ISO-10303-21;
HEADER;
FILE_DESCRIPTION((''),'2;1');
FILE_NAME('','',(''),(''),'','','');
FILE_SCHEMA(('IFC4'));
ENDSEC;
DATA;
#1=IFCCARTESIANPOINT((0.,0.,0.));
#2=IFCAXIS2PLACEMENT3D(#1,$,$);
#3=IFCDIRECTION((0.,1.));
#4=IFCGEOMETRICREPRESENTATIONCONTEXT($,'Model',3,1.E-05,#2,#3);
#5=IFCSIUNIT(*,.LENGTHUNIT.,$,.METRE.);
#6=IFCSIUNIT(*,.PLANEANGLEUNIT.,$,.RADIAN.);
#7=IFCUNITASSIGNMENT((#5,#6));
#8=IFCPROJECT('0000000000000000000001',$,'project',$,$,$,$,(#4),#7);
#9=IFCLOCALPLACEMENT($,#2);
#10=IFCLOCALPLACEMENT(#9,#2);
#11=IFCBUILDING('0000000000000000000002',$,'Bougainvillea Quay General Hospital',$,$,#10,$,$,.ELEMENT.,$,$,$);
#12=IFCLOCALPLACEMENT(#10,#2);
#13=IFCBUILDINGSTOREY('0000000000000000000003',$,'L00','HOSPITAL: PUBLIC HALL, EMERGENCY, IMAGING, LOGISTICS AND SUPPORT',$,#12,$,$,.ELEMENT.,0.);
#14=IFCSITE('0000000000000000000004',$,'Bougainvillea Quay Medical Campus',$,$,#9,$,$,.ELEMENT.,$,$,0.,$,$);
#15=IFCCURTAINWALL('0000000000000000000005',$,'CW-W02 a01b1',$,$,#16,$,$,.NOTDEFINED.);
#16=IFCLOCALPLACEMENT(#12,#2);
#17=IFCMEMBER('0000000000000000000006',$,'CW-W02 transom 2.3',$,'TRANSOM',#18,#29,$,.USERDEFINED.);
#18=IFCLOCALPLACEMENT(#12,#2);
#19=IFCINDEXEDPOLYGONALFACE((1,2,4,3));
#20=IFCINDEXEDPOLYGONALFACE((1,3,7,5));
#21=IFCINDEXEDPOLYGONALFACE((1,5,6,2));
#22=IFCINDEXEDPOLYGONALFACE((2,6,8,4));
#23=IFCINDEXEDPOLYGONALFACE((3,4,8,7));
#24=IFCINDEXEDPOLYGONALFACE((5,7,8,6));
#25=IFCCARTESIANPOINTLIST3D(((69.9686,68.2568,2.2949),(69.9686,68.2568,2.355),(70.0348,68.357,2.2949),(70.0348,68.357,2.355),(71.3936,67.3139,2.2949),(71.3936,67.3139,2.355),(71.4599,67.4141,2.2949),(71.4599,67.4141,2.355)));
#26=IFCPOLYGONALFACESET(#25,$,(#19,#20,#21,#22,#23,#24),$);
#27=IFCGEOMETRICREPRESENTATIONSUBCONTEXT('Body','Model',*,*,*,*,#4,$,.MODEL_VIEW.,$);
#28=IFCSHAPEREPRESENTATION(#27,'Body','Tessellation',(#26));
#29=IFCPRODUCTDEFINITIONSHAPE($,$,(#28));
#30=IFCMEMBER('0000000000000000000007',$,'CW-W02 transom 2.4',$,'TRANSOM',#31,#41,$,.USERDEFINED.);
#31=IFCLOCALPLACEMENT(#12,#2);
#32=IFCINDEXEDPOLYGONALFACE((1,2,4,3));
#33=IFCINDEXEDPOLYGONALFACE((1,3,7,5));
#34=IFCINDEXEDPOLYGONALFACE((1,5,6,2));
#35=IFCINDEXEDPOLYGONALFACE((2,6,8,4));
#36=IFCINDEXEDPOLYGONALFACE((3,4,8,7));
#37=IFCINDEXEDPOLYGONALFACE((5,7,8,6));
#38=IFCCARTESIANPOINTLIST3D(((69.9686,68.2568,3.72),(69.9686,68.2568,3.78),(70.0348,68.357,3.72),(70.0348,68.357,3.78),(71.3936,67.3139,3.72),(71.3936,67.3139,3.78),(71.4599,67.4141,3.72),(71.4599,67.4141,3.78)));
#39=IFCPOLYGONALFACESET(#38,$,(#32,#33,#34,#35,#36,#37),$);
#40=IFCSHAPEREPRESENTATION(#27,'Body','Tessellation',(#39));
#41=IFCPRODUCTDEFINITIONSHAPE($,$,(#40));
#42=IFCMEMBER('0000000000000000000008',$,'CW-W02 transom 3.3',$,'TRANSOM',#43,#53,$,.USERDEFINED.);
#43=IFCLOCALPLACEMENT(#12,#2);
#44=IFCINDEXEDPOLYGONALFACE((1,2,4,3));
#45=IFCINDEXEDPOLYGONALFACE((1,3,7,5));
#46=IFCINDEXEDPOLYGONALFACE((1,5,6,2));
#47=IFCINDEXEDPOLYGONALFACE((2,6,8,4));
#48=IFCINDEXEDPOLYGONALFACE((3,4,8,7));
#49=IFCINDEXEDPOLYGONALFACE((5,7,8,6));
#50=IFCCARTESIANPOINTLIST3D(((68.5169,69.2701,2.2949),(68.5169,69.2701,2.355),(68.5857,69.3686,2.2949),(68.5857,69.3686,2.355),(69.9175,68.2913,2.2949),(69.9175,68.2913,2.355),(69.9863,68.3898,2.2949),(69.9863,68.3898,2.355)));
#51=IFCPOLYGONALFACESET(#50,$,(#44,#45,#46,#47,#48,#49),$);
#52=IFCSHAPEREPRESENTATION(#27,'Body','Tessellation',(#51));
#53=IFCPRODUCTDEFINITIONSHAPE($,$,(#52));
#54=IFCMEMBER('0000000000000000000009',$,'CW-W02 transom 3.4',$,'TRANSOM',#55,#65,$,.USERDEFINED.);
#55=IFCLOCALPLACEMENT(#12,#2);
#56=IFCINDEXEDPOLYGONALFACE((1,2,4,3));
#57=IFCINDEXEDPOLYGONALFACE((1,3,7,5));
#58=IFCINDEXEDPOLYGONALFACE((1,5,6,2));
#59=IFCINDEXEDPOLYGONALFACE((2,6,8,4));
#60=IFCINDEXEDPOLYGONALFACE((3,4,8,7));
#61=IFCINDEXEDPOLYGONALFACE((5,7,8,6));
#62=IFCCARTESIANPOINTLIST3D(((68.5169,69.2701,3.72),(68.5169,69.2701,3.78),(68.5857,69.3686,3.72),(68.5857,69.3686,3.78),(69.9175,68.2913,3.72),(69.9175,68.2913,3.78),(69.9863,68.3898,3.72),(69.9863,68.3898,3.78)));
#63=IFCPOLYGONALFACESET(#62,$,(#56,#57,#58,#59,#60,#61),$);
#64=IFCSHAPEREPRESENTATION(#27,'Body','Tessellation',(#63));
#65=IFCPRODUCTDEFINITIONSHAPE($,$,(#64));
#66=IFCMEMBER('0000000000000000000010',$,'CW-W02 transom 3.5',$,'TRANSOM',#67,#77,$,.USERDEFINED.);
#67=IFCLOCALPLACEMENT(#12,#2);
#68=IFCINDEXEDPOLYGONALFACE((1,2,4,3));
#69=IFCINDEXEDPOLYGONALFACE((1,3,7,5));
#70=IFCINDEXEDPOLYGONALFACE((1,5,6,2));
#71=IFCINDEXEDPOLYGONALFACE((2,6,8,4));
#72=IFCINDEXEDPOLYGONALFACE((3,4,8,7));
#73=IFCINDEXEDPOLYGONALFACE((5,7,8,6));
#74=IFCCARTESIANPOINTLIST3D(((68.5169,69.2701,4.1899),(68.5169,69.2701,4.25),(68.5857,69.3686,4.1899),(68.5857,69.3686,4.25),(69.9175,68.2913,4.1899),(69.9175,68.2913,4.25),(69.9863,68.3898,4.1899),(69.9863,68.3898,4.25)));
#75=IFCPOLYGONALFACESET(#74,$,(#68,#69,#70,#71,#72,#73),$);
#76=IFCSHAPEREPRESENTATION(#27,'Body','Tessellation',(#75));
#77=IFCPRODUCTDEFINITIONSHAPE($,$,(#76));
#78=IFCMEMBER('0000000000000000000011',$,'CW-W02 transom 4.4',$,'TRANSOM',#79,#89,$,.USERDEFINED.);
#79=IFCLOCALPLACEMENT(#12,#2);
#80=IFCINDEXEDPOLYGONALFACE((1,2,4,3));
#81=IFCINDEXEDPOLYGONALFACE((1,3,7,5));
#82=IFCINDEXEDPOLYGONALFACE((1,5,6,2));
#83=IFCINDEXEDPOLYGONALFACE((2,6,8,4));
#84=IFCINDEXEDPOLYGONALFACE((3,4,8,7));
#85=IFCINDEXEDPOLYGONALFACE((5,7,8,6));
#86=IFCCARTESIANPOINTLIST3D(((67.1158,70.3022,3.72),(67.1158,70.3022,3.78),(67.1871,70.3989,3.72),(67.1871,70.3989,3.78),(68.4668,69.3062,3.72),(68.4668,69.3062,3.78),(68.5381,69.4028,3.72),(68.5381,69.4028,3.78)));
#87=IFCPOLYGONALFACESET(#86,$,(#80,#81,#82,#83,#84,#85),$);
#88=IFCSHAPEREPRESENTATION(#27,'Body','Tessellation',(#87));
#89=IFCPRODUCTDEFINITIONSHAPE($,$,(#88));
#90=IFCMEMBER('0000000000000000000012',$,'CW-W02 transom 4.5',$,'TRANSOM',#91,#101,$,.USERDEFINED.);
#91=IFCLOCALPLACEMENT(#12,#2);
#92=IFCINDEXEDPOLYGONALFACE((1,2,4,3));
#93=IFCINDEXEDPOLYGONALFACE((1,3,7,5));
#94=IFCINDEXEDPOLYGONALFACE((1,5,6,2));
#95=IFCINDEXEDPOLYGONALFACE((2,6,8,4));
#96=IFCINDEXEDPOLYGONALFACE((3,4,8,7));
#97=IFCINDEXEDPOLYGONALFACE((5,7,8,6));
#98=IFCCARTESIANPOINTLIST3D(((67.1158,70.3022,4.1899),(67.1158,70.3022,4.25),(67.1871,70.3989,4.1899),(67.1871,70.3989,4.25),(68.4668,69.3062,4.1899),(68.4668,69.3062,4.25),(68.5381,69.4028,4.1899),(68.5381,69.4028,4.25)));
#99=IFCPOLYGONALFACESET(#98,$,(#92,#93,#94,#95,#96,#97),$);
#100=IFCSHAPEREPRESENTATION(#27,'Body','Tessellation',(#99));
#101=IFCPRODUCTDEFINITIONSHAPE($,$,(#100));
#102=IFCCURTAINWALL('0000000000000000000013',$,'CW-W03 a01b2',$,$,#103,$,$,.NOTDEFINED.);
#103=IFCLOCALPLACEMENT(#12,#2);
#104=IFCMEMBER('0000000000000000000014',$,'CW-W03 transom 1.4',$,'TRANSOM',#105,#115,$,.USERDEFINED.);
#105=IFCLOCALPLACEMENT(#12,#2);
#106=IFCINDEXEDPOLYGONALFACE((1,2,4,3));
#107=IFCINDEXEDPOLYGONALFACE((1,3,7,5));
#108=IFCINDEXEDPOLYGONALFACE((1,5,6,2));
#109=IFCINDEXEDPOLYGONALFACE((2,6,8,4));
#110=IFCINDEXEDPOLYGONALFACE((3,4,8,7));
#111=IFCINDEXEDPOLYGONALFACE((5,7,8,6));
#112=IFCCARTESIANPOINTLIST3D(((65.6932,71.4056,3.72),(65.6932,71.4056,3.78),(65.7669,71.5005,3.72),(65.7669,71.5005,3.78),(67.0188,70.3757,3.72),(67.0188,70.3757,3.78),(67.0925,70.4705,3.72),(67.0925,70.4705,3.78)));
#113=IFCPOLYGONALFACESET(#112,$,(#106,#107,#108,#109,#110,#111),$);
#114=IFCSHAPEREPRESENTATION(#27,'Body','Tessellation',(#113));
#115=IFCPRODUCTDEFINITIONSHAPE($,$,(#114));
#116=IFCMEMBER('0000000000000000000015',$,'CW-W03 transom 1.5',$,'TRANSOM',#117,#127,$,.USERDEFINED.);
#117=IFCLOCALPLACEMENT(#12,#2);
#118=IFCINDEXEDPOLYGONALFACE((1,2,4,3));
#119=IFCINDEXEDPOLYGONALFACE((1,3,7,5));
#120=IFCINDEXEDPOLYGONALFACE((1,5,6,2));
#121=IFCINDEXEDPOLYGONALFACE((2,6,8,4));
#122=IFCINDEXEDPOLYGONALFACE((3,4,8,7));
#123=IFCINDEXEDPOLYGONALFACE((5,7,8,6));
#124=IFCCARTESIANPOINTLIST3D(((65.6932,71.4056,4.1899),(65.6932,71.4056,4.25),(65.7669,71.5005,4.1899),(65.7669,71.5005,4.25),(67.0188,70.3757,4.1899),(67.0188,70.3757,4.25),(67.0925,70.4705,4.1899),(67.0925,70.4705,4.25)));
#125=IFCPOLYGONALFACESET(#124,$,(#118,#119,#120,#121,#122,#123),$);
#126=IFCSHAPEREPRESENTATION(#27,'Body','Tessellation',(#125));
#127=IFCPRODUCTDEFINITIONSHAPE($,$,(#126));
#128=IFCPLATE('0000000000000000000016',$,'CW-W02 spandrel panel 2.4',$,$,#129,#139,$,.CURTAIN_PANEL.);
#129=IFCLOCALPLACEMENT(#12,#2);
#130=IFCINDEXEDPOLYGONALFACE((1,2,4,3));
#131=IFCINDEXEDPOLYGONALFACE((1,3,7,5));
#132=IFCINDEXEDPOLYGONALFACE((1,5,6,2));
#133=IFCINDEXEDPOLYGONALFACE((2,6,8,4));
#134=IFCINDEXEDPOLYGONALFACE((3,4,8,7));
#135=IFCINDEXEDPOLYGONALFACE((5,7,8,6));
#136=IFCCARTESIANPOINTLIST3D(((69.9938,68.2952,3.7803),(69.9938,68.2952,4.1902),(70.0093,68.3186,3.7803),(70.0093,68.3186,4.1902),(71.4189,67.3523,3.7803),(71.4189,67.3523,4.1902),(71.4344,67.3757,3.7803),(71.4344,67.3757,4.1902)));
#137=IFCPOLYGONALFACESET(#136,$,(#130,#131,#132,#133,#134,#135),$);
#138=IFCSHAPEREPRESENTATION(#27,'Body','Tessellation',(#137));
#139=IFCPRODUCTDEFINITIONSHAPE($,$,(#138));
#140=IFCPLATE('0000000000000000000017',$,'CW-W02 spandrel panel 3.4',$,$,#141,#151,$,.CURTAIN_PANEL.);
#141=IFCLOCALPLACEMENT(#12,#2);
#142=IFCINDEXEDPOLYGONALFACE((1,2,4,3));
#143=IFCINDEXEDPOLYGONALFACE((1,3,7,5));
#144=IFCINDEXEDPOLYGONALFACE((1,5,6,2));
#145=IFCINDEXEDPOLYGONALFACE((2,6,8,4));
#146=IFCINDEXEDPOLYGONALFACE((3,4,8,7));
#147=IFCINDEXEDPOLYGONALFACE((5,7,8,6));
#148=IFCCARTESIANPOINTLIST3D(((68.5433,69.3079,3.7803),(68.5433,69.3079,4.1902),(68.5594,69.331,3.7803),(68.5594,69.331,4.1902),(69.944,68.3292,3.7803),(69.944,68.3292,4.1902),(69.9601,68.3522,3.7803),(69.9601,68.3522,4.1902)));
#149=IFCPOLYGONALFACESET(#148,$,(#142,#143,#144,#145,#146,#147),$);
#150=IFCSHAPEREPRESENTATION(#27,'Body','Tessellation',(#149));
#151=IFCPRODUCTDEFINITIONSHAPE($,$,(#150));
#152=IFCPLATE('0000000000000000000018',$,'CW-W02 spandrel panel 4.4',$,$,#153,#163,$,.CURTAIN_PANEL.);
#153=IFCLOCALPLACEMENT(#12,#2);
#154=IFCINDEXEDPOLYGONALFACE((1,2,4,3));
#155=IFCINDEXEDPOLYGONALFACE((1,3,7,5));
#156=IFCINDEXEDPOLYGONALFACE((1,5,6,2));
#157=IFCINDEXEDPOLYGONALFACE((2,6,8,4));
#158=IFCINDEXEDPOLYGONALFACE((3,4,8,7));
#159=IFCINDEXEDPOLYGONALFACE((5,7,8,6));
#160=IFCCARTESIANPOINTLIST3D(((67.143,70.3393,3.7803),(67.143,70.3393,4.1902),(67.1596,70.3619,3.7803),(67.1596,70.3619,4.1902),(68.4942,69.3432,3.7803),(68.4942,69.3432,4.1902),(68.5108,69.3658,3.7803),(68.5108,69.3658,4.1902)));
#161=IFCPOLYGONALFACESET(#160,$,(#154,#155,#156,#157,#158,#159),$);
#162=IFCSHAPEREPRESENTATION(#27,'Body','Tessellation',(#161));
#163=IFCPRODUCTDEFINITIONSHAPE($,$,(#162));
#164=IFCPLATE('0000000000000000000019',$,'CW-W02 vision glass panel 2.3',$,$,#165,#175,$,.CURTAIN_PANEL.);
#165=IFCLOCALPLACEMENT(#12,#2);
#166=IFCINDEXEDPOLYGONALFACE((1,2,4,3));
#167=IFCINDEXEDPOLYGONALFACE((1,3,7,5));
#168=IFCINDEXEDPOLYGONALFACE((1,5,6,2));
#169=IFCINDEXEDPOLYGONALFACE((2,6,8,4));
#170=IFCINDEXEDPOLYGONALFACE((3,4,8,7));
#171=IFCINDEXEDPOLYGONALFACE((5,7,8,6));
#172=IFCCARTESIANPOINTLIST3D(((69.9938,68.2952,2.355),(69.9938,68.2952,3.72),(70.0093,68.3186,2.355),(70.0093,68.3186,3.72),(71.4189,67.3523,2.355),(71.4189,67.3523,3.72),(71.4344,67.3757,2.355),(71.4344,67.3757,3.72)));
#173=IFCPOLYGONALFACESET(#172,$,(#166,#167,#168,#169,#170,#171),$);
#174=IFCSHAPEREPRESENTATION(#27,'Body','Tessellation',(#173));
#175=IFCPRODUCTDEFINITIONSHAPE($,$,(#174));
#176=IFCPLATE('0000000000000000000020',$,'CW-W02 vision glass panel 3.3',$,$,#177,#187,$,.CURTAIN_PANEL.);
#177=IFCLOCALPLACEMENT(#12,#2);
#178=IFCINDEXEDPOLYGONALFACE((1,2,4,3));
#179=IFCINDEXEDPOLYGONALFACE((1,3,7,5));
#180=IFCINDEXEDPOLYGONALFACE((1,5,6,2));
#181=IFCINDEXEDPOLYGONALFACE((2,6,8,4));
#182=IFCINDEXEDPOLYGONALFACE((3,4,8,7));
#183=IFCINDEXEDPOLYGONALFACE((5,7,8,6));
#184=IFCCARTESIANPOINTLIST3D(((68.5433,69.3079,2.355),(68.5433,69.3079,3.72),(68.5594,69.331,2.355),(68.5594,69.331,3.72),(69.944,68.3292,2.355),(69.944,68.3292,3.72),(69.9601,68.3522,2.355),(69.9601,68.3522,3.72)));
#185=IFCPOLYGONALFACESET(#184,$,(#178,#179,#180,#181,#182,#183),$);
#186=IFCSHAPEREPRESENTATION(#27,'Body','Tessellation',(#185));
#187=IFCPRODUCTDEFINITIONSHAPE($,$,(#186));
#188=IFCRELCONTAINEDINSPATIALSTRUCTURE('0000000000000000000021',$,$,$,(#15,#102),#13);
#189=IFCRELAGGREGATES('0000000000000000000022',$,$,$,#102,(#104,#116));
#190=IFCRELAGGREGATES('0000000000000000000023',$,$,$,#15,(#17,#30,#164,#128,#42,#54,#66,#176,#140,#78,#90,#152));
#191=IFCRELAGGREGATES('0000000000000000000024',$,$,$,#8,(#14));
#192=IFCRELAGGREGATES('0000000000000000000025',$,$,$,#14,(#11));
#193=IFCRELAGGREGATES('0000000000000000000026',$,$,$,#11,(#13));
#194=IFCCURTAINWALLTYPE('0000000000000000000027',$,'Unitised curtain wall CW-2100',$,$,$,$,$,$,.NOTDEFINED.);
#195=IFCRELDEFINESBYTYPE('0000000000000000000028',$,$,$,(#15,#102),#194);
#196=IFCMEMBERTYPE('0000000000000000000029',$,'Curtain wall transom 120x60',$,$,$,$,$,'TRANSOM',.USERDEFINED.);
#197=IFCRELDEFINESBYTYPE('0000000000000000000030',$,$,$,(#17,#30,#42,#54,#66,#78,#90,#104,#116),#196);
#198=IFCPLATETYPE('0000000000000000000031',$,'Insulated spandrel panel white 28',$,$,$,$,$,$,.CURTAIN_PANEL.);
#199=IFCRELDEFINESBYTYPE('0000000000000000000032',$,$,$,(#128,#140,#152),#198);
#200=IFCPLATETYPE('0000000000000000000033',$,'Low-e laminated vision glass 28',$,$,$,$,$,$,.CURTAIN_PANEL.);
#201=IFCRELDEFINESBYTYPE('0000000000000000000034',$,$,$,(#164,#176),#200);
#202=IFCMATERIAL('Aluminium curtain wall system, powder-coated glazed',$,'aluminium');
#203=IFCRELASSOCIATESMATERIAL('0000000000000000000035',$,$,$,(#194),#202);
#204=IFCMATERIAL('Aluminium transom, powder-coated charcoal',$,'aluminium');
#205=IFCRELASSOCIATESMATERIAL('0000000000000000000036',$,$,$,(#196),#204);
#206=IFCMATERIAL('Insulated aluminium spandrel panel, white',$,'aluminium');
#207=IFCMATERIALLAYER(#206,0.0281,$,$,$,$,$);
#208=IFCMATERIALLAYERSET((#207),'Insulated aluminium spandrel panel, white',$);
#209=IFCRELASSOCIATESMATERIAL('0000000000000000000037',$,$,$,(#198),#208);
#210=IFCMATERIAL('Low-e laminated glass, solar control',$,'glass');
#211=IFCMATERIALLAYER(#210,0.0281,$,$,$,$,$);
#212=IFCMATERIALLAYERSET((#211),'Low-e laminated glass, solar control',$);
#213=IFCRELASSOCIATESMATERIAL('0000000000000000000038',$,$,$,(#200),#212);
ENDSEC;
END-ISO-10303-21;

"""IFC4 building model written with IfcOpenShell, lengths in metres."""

from ifc_helpers import new_model, si_unit, direction, frame, origin, origin_2d, place, context, subcontext, project, spatial, rectangle, extrude, material, layer, layer_set, material_profile, profile_set, type_object, element, aggregate, save


model = new_model("IFC4")

# Units and contexts
model_context = context("Model", 3, precision=1e-05, world=origin(), true_north=direction((0.0, 1.0)))
body_context = subcontext(model_context, "Body", "Model", "MODEL_VIEW")
ifc_project = project(units=[si_unit("LENGTHUNIT", "METRE"), si_unit("PLANEANGLEUNIT", "RADIAN")], contexts=[model_context])

# Site, building, storey
site_placement = place(None, origin())
site = spatial("IfcSite", under=ifc_project, at=site_placement, Name="Bougainvillea Quay Medical Campus", CompositionType="ELEMENT", RefElevation=0.0)
building_placement = place(site_placement, origin())
building = spatial("IfcBuilding", under=site, at=building_placement, Name="Bougainvillea Quay General Hospital", CompositionType="ELEMENT")
storey_placement = place(building_placement, origin())
storey = spatial("IfcBuildingStorey", under=building, at=storey_placement, Name="L00", Description="HOSPITAL: PUBLIC HALL, EMERGENCY, IMAGING, LOGISTICS AND SUPPORT", CompositionType="ELEMENT", Elevation=0.0)

# Curtain walls, members
ifc_material_1 = material(Name="Aluminium curtain wall system, powder-coated glazed", Category="aluminium")
curtain_wall_type = type_object("IfcCurtainWallType", Name="Unitised curtain wall CW-2100", PredefinedType="NOTDEFINED", material=ifc_material_1)
curtain_wall_1_placement = place(storey_placement, origin())
curtain_wall_1 = element("IfcCurtainWall", 1, at=curtain_wall_1_placement, inside=storey, type_object=curtain_wall_type, Name="CW-W02 a01b1", PredefinedType="NOTDEFINED")
ifc_material_2 = material(Name="Aluminium transom, powder-coated charcoal", Category="aluminium")
ifc_material_profile_1 = material_profile(ifc_material_2, rectangle(XDim=0.1201, YDim=0.0601, at=origin_2d()))
ifc_profile_set_1 = profile_set([ifc_material_profile_1], Name="Aluminium transom, powder-coated charcoal")
member_type = type_object("IfcMemberType", Name="Curtain wall transom 120x60", ElementType="TRANSOM", PredefinedType="USERDEFINED", material=ifc_profile_set_1)
member_1_placement = place(storey_placement, frame((71.4268, 67.364, 2.325), z_axis=(-0.83398, 0.551795, 0.0), x_axis=(-0.551795, -0.83398, 0.0)))
member_1 = element("IfcMember", 2, at=member_1_placement, type_object=member_type, Name="CW-W02 transom 2.3", ObjectType="TRANSOM", PredefinedType="USERDEFINED", context=body_context, shape_type="SweptSolid", body=[
    extrude(rectangle(XDim=0.1201, YDim=0.0601, at=origin_2d()), origin(), (0.0, 0.0, 1.0), 1.7087),
])
member_2_placement = place(storey_placement, frame((71.4268, 67.364, 3.75), z_axis=(-0.83398, 0.551795, 0.0), x_axis=(-0.551795, -0.83398, 0.0)))
member_2 = element("IfcMember", 3, at=member_2_placement, type_object=member_type, Name="CW-W02 transom 2.4", ObjectType="TRANSOM", PredefinedType="USERDEFINED", context=body_context, shape_type="SweptSolid", body=[
    extrude(rectangle(XDim=0.1201, YDim=0.0601, at=origin_2d()), origin(), (0.0, 0.0, 1.0), 1.7087),
])
member_3_placement = place(storey_placement, frame((69.9519, 68.3406, 2.325), z_axis=(-0.819695, 0.572801, 0.0), x_axis=(-0.572801, -0.819695, 0.0)))
member_3 = element("IfcMember", 4, at=member_3_placement, type_object=member_type, Name="CW-W02 transom 3.3", ObjectType="TRANSOM", PredefinedType="USERDEFINED", context=body_context, shape_type="SweptSolid", body=[
    extrude(rectangle(XDim=0.1201, YDim=0.0601, at=origin_2d()), origin(), (0.0, 0.0, 1.0), 1.7087),
])
member_4_placement = place(storey_placement, frame((69.9519, 68.3406, 3.75), z_axis=(-0.819695, 0.572801, 0.0), x_axis=(-0.572801, -0.819695, 0.0)))
member_4 = element("IfcMember", 5, at=member_4_placement, type_object=member_type, Name="CW-W02 transom 3.4", ObjectType="TRANSOM", PredefinedType="USERDEFINED", context=body_context, shape_type="SweptSolid", body=[
    extrude(rectangle(XDim=0.1201, YDim=0.0601, at=origin_2d()), origin(), (0.0, 0.0, 1.0), 1.7087),
])
member_5_placement = place(storey_placement, frame((69.9519, 68.3406, 4.22), z_axis=(-0.819695, 0.572801, 0.0), x_axis=(-0.572801, -0.819695, 0.0)))
member_5 = element("IfcMember", 6, at=member_5_placement, type_object=member_type, Name="CW-W02 transom 3.5", ObjectType="TRANSOM", PredefinedType="USERDEFINED", context=body_context, shape_type="SweptSolid", body=[
    extrude(rectangle(XDim=0.1201, YDim=0.0601, at=origin_2d()), origin(), (0.0, 0.0, 1.0), 1.7087),
])
member_6_placement = place(storey_placement, frame((68.5024, 69.3545, 3.75), z_axis=(-0.804895, 0.593417, 0.0), x_axis=(-0.593417, -0.804895, 0.0)))
member_6 = element("IfcMember", 7, at=member_6_placement, type_object=member_type, Name="CW-W02 transom 4.4", ObjectType="TRANSOM", PredefinedType="USERDEFINED", context=body_context, shape_type="SweptSolid", body=[
    extrude(rectangle(XDim=0.1201, YDim=0.0601, at=origin_2d()), origin(), (0.0, 0.0, 1.0), 1.6785),
])
member_7_placement = place(storey_placement, frame((68.5024, 69.3545, 4.22), z_axis=(-0.804895, 0.593417, 0.0), x_axis=(-0.593417, -0.804895, 0.0)))
member_7 = element("IfcMember", 8, at=member_7_placement, type_object=member_type, Name="CW-W02 transom 4.5", ObjectType="TRANSOM", PredefinedType="USERDEFINED", context=body_context, shape_type="SweptSolid", body=[
    extrude(rectangle(XDim=0.1201, YDim=0.0601, at=origin_2d()), origin(), (0.0, 0.0, 1.0), 1.6785),
])
curtain_wall_2_placement = place(storey_placement, origin())
curtain_wall_2 = element("IfcCurtainWall", 9, at=curtain_wall_2_placement, inside=storey, type_object=curtain_wall_type, Name="CW-W03 a01b2", PredefinedType="NOTDEFINED")
member_8_placement = place(storey_placement, frame((67.0557, 70.4231, 3.75), z_axis=(-0.789658, 0.613548, 0.0), x_axis=(-0.613548, -0.789658, 0.0)))
member_8 = element("IfcMember", 10, at=member_8_placement, type_object=member_type, Name="CW-W03 transom 1.4", ObjectType="TRANSOM", PredefinedType="USERDEFINED", context=body_context, shape_type="SweptSolid", body=[
    extrude(rectangle(XDim=0.1201, YDim=0.0601, at=origin_2d()), origin(), (0.0, 0.0, 1.0), 1.6787),
])
member_9_placement = place(storey_placement, frame((67.0557, 70.4231, 4.22), z_axis=(-0.789658, 0.613548, 0.0), x_axis=(-0.613548, -0.789658, 0.0)))
member_9 = element("IfcMember", 11, at=member_9_placement, type_object=member_type, Name="CW-W03 transom 1.5", ObjectType="TRANSOM", PredefinedType="USERDEFINED", context=body_context, shape_type="SweptSolid", body=[
    extrude(rectangle(XDim=0.1201, YDim=0.0601, at=origin_2d()), origin(), (0.0, 0.0, 1.0), 1.6787),
])
aggregate(curtain_wall_2, [member_8, member_9])

# Plates
ifc_material_3 = material(Name="Insulated aluminium spandrel panel, white", Category="aluminium")
ifc_layer_1 = layer(ifc_material_3, 0.0281)
ifc_layer_set_1 = layer_set([ifc_layer_1], Name="Insulated aluminium spandrel panel, white")
plate_type_1 = type_object("IfcPlateType", Name="Insulated spandrel panel white 28", PredefinedType="CURTAIN_PANEL", material=ifc_layer_set_1)
plate_1_placement = place(storey_placement, frame((70.7141, 67.8354, 3.7803), z_axis=(0.0, 0.0, 1.0), x_axis=(-0.833968, 0.551813, 0.0)))
plate_1 = element("IfcPlate", 12, at=plate_1_placement, type_object=plate_type_1, Name="CW-W02 spandrel panel 2.4", PredefinedType="CURTAIN_PANEL", context=body_context, shape_type="SweptSolid", body=[
    extrude(rectangle(XDim=1.7087, YDim=0.0281, at=origin_2d()), origin(), (0.0, 0.0, 1.0), 0.4099),
])
plate_2_placement = place(storey_placement, frame((69.2517, 68.8301, 3.7803), z_axis=(0.0, 0.0, 1.0), x_axis=(-0.819707, 0.572783, 0.0)))
plate_2 = element("IfcPlate", 13, at=plate_2_placement, type_object=plate_type_1, Name="CW-W02 spandrel panel 3.4", PredefinedType="CURTAIN_PANEL", context=body_context, shape_type="SweptSolid", body=[
    extrude(rectangle(XDim=1.7087, YDim=0.0281, at=origin_2d()), origin(), (0.0, 0.0, 1.0), 0.4099),
])
plate_3_placement = place(storey_placement, frame((67.8269, 69.8525, 3.7803), z_axis=(0.0, 0.0, 1.0), x_axis=(-0.80492, 0.593384, 0.0)))
plate_3 = element("IfcPlate", 14, at=plate_3_placement, type_object=plate_type_1, Name="CW-W02 spandrel panel 4.4", PredefinedType="CURTAIN_PANEL", context=body_context, shape_type="SweptSolid", body=[
    extrude(rectangle(XDim=1.6787, YDim=0.0281, at=origin_2d()), origin(), (0.0, 0.0, 1.0), 0.4099),
])
ifc_material_4 = material(Name="Low-e laminated glass, solar control", Category="glass")
ifc_layer_2 = layer(ifc_material_4, 0.0281)
ifc_layer_set_2 = layer_set([ifc_layer_2], Name="Low-e laminated glass, solar control")
plate_type_2 = type_object("IfcPlateType", Name="Low-e laminated vision glass 28", PredefinedType="CURTAIN_PANEL", material=ifc_layer_set_2)
plate_4_placement = place(storey_placement, frame((70.7141, 67.8354, 2.355), z_axis=(0.0, 0.0, 1.0), x_axis=(-0.833968, 0.551813, 0.0)))
plate_4 = element("IfcPlate", 15, at=plate_4_placement, type_object=plate_type_2, Name="CW-W02 vision glass panel 2.3", PredefinedType="CURTAIN_PANEL", context=body_context, shape_type="SweptSolid", body=[
    extrude(rectangle(XDim=1.7087, YDim=0.0281, at=origin_2d()), origin(), (0.0, 0.0, 1.0), 1.365),
])
plate_5_placement = place(storey_placement, frame((69.2517, 68.8301, 2.355), z_axis=(0.0, 0.0, 1.0), x_axis=(-0.819707, 0.572783, 0.0)))
plate_5 = element("IfcPlate", 16, at=plate_5_placement, type_object=plate_type_2, Name="CW-W02 vision glass panel 3.3", PredefinedType="CURTAIN_PANEL", context=body_context, shape_type="SweptSolid", body=[
    extrude(rectangle(XDim=1.7087, YDim=0.0281, at=origin_2d()), origin(), (0.0, 0.0, 1.0), 1.365),
])
aggregate(curtain_wall_1, [member_1, member_2, plate_4, plate_1, member_3, member_4, member_5, plate_5, plate_2, member_6, member_7, plate_3])

save(model, "model.ifc")
